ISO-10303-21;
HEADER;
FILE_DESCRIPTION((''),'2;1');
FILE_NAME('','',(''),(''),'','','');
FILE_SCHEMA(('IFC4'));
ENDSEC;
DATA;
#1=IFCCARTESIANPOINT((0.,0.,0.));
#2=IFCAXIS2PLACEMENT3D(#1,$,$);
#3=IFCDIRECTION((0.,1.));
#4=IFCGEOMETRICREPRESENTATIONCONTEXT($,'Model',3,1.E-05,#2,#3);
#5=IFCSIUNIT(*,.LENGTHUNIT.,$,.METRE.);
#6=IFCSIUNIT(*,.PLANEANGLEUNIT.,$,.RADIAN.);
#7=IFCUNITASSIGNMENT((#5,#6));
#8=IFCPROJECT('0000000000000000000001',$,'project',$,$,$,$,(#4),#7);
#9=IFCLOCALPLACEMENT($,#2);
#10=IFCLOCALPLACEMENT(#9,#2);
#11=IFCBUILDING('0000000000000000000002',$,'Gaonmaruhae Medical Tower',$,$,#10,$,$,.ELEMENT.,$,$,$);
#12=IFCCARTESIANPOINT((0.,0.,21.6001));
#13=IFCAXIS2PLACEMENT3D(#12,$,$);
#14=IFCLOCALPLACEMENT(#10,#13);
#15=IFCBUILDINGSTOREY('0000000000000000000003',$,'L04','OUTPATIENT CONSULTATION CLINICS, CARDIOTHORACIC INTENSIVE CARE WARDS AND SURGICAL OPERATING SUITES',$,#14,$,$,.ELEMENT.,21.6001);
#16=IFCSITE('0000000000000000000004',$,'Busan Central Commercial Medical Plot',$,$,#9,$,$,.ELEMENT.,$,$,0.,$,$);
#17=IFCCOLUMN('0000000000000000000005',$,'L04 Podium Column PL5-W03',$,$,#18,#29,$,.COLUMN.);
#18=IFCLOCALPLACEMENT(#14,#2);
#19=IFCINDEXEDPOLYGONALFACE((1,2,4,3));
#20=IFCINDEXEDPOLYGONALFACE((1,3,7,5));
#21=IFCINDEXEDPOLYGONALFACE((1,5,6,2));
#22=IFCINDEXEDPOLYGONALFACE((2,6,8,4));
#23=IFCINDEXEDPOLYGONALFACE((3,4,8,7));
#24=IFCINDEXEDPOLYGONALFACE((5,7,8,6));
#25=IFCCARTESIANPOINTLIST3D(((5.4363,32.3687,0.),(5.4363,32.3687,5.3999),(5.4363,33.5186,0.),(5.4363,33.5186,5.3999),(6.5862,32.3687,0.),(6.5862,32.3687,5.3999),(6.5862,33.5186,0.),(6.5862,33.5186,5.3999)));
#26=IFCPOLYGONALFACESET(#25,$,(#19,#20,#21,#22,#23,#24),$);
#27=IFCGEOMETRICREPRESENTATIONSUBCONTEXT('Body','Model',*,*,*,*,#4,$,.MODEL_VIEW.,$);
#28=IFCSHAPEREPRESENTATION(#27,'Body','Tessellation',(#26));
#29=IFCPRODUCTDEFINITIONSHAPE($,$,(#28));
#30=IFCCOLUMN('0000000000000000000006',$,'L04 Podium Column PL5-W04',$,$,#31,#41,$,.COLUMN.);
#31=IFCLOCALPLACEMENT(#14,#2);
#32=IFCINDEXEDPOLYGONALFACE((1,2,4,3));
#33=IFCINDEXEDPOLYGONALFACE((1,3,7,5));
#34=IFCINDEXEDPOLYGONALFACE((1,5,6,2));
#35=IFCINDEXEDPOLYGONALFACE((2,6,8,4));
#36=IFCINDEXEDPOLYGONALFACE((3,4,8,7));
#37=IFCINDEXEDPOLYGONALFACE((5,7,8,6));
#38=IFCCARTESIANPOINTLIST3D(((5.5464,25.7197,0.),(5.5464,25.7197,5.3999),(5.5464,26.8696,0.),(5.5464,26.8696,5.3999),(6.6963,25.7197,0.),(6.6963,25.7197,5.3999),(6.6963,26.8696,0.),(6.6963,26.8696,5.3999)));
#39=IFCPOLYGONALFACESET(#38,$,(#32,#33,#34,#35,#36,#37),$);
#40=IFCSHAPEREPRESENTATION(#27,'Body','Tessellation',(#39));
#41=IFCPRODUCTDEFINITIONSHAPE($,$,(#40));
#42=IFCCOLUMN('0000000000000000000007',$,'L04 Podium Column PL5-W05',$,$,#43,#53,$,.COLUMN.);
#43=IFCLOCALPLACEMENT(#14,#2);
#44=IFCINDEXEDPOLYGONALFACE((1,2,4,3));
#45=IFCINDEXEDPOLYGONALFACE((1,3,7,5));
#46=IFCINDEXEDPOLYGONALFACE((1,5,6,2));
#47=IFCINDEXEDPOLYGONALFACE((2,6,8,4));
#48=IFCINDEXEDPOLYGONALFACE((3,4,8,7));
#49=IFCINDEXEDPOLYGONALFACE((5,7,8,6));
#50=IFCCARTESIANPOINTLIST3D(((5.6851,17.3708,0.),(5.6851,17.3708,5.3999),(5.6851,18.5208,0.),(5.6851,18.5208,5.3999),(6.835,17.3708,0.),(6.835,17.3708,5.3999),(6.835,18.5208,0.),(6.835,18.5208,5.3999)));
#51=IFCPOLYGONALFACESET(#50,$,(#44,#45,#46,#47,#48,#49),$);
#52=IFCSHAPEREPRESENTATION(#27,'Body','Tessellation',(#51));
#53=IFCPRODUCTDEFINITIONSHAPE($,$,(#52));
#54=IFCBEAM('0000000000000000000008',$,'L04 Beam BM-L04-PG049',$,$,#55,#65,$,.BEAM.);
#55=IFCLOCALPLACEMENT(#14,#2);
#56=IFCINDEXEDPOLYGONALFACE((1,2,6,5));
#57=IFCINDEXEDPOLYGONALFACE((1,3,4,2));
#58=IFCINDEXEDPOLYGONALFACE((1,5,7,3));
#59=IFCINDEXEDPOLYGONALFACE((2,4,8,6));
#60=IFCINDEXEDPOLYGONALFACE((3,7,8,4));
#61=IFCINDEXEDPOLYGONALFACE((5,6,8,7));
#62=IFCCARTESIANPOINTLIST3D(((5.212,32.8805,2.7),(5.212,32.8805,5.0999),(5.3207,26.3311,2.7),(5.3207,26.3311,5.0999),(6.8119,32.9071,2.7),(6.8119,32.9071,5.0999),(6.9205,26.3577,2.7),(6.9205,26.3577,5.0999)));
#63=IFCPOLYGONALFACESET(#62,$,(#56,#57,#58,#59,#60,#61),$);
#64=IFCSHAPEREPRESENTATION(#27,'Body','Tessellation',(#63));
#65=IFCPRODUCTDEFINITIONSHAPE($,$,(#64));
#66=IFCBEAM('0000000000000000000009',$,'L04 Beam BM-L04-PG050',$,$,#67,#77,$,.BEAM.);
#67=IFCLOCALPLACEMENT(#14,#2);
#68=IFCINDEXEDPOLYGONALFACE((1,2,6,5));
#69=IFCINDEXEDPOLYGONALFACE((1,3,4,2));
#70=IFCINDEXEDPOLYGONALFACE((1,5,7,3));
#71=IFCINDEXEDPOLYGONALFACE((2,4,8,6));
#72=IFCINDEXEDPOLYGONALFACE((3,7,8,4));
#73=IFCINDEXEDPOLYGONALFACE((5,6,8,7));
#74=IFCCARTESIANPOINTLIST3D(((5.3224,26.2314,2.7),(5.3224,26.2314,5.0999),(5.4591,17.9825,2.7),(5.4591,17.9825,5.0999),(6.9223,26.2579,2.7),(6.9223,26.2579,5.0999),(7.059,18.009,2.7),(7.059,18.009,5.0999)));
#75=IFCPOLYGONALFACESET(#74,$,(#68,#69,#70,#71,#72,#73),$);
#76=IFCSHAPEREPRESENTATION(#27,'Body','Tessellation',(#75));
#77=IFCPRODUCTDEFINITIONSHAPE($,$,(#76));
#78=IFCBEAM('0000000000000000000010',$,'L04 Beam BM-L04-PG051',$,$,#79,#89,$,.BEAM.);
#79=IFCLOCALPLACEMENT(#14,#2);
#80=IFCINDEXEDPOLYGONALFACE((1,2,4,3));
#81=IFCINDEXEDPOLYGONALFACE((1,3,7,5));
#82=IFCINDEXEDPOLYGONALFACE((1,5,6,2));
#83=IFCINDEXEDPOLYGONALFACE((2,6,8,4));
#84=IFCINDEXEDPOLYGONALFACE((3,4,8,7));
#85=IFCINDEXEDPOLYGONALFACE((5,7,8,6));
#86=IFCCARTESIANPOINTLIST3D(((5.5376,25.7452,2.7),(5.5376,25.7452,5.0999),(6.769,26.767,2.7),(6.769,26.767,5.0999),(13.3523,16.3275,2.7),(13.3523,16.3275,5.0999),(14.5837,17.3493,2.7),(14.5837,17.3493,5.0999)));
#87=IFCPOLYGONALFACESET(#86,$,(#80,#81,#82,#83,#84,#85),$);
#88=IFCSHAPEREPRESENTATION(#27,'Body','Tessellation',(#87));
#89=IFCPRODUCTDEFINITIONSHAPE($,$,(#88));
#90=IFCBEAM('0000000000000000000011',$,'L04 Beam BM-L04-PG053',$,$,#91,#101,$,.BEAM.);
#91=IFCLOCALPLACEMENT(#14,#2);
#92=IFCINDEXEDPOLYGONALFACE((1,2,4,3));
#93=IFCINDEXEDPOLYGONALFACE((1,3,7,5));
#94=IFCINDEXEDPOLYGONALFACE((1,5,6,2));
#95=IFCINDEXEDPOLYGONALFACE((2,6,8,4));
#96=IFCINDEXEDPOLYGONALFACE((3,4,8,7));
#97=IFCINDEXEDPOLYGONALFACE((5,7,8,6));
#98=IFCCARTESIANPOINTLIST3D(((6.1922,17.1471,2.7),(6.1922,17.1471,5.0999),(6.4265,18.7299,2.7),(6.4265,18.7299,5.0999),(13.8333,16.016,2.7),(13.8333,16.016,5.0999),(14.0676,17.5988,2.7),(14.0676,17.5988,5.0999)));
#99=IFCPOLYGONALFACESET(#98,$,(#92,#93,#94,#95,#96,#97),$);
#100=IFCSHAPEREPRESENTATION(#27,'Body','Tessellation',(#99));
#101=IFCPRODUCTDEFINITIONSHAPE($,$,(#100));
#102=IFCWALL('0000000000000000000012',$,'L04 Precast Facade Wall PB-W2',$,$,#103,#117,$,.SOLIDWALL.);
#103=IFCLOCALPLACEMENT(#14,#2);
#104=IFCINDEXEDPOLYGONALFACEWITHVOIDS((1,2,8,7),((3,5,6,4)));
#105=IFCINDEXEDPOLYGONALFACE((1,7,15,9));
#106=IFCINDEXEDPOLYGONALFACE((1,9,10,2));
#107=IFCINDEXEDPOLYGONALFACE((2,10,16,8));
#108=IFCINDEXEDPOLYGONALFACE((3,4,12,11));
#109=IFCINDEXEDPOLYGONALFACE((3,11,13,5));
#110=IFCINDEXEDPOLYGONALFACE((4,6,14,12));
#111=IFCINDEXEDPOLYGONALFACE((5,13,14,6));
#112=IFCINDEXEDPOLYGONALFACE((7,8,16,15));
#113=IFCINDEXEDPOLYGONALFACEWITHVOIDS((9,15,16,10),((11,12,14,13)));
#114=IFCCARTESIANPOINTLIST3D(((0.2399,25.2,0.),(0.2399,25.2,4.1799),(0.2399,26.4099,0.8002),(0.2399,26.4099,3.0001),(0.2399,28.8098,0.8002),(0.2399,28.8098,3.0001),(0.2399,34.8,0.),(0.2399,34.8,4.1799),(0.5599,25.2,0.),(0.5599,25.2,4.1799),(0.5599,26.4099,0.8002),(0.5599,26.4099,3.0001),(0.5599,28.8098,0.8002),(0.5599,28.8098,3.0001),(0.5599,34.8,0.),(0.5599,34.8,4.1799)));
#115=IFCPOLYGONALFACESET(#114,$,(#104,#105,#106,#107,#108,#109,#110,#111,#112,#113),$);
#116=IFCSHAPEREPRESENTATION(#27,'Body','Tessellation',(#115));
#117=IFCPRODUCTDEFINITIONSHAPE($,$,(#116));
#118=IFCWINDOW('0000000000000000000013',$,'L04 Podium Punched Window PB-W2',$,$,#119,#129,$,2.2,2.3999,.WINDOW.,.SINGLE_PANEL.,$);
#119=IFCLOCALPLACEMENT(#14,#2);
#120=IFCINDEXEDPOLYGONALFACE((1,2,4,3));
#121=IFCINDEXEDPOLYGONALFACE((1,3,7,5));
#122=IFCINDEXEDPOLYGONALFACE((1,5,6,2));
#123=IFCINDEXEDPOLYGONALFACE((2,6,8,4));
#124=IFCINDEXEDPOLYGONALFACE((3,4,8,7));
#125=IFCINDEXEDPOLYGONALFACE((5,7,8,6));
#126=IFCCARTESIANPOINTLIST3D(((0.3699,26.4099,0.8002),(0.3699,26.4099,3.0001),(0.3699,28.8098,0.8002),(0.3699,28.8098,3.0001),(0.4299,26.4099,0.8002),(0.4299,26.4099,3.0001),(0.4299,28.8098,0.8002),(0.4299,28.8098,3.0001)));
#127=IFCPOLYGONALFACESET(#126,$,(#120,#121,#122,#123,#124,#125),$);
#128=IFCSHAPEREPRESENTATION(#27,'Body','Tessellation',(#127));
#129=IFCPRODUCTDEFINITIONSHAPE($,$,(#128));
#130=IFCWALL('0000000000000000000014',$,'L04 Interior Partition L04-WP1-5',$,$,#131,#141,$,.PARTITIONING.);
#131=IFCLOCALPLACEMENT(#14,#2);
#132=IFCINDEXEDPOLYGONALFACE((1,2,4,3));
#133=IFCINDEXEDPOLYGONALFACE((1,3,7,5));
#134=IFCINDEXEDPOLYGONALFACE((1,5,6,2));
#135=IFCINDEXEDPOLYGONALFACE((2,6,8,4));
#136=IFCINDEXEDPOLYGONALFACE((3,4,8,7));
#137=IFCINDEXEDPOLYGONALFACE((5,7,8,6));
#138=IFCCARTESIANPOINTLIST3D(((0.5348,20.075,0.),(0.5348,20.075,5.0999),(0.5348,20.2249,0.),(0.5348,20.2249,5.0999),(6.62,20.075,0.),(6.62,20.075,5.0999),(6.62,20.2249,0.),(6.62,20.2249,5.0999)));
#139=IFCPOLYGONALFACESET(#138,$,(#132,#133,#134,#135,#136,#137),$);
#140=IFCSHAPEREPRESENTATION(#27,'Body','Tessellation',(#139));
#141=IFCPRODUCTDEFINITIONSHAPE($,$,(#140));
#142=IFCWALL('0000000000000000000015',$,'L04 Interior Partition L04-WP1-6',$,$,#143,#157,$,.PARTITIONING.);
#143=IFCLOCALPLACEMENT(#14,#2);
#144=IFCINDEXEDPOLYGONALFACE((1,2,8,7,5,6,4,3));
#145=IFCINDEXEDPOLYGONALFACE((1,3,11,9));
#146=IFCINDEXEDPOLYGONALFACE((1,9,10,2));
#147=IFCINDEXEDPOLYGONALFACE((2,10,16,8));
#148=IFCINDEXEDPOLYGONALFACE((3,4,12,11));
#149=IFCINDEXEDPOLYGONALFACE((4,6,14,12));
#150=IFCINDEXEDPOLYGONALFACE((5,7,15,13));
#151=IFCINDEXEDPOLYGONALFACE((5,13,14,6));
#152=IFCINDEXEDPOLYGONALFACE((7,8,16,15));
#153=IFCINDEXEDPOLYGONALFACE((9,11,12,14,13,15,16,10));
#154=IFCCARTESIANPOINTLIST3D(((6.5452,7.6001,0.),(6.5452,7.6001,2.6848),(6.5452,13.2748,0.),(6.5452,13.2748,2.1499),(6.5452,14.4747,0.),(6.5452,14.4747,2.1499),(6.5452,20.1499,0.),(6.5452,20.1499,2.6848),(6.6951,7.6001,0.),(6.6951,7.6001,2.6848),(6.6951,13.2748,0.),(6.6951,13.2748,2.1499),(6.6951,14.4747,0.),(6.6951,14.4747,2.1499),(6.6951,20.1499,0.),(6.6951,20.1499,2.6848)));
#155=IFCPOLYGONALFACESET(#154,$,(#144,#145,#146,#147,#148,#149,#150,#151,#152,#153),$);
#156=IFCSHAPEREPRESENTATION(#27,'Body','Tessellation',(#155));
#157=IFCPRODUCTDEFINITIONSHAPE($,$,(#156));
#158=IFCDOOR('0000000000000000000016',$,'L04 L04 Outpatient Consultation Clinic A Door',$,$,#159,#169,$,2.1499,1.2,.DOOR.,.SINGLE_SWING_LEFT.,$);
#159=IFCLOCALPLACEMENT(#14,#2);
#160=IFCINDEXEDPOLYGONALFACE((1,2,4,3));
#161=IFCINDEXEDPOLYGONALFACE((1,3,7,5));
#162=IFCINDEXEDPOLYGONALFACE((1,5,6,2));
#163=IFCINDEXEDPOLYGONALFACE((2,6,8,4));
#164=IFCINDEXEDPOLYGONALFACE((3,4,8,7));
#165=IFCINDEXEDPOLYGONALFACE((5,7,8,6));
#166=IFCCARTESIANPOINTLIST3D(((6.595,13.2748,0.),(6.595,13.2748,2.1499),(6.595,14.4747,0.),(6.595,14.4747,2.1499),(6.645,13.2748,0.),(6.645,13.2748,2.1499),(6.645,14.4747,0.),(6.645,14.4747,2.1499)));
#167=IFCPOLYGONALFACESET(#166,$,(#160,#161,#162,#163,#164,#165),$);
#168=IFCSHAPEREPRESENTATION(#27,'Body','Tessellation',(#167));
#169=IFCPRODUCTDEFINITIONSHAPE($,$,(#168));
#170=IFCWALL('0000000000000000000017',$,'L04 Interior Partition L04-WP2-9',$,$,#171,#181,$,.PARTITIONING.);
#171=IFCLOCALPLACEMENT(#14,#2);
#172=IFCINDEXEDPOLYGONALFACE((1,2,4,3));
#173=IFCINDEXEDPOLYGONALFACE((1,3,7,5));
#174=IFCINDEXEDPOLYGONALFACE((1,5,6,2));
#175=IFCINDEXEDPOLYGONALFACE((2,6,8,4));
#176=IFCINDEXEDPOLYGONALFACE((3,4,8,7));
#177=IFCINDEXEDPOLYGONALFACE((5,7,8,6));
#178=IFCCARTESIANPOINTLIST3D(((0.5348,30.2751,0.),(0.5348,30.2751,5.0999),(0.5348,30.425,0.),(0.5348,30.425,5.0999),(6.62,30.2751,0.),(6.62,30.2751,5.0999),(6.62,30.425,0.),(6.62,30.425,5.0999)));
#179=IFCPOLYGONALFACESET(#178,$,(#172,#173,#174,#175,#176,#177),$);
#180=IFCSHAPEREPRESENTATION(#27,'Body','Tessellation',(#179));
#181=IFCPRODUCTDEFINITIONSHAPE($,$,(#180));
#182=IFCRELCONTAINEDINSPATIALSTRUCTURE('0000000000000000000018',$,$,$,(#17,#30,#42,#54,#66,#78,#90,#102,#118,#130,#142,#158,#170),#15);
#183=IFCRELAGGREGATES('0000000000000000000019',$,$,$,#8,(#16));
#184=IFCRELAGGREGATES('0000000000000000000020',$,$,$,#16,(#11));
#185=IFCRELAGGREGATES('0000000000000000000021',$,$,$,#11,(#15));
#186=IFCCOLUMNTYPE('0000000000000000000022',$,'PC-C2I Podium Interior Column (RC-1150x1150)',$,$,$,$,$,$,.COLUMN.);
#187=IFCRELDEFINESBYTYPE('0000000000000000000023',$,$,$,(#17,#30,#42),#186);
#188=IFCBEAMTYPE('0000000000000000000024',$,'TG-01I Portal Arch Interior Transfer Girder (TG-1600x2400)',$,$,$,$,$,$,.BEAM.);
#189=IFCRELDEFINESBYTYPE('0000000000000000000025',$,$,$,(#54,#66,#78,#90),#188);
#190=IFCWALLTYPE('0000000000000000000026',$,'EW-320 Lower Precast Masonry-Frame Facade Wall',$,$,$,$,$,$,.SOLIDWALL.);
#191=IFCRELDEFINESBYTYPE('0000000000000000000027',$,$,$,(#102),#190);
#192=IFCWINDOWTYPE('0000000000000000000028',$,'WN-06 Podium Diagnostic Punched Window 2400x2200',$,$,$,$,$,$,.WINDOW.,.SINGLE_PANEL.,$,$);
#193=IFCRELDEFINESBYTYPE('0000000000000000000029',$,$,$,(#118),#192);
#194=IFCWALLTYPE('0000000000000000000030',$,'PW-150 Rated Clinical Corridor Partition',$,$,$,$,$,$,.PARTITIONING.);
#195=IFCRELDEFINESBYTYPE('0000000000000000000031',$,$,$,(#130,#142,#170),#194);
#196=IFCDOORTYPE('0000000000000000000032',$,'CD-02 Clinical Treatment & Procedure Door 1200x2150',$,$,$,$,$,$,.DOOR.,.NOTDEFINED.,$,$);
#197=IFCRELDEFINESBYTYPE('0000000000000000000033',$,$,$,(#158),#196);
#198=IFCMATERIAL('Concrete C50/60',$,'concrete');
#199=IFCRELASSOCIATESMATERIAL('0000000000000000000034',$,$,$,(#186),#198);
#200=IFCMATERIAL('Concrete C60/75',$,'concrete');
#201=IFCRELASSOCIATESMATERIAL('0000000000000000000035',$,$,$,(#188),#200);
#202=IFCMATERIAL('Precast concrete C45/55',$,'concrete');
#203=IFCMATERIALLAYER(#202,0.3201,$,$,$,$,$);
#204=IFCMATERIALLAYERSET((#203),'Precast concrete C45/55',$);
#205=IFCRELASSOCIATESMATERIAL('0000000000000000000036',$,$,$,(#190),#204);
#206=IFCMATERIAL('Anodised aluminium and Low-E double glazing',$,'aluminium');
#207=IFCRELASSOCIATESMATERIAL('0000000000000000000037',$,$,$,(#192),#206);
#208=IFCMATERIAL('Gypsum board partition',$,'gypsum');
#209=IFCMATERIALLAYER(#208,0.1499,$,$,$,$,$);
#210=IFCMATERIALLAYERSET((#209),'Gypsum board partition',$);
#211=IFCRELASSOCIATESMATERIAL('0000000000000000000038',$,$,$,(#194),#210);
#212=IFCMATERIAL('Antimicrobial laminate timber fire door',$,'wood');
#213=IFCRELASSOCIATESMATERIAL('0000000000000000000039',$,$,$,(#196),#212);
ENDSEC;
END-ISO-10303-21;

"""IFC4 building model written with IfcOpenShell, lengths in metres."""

from ifc_helpers import new_model, si_unit, direction, frame, frame_2d, origin, origin_2d, place, context, subcontext, project, spatial, rectangle, extrude, material, layer, layer_set, material_profile, profile_set, type_object, element, fill, save


model = new_model("IFC4")

# Units and contexts
model_context = context("Model", 3, precision=1e-05, world=origin(), true_north=direction((0.0, 1.0)))
body_context = subcontext(model_context, "Body", "Model", "MODEL_VIEW")
ifc_project = project(units=[si_unit("LENGTHUNIT", "METRE"), si_unit("PLANEANGLEUNIT", "RADIAN")], contexts=[model_context])

# Site, building, storey
site_placement = place(None, origin())
site = spatial("IfcSite", under=ifc_project, at=site_placement, Name="Busan Central Commercial Medical Plot", CompositionType="ELEMENT", RefElevation=0.0)
building_placement = place(site_placement, origin())
building = spatial("IfcBuilding", under=site, at=building_placement, Name="Gaonmaruhae Medical Tower", CompositionType="ELEMENT")
storey_placement = place(building_placement, frame((0.0, 0.0, 21.6001)))
storey = spatial("IfcBuildingStorey", under=building, at=storey_placement, Name="L04", Description="OUTPATIENT CONSULTATION CLINICS, CARDIOTHORACIC INTENSIVE CARE WARDS AND SURGICAL OPERATING SUITES", CompositionType="ELEMENT", Elevation=21.6001)

# Columns
ifc_material_1 = material(Name="Concrete C50/60", Category="concrete")
ifc_material_profile_1 = material_profile(ifc_material_1, rectangle(XDim=1.1499, YDim=1.1499, at=origin_2d()), Name="RC-1150x1150")
ifc_profile_set_1 = profile_set([ifc_material_profile_1], Name="Concrete C50/60")
column_type = type_object("IfcColumnType", Name="PC-C2I Podium Interior Column (RC-1150x1150)", PredefinedType="COLUMN", material=ifc_profile_set_1)
for number, where, z_axis, x_axis, name in (
    (1, (6.0112, 32.9436, 0.0), (0.0, 0.0, 1.0), (1.0, 0.0, 0.0), "L04 Podium Column PL5-W03"),
    (2, (6.1213, 26.2947, 0.0), (0.0, 0.0, 1.0), (1.0, 0.0, 0.0), "L04 Podium Column PL5-W04"),
    (3, (6.26, 17.9458, 0.0), (0.0, 0.0, 1.0), (1.0, 0.0, 0.0), "L04 Podium Column PL5-W05"),
):
    element("IfcColumn", number, at=place(storey_placement, frame(where, z_axis=z_axis, x_axis=x_axis)), inside=storey, type_object=column_type, Name=name, PredefinedType="COLUMN", context=body_context, shape_type="SweptSolid", body=[
        extrude(rectangle(XDim=1.1499, YDim=1.1499, at=origin_2d()), origin(), (0.0, 0.0, 1.0), 5.3999),
    ])

# Beams
ifc_material_2 = material(Name="Concrete C60/75", Category="concrete")
ifc_material_profile_2 = material_profile(ifc_material_2, rectangle(XDim=1.6001, YDim=2.3999, at=origin_2d()), Name="TG-1600x2400")
ifc_profile_set_2 = profile_set([ifc_material_profile_2], Name="Concrete C60/75")
beam_type = type_object("IfcBeamType", Name="TG-01I Portal Arch Interior Transfer Girder (TG-1600x2400)", PredefinedType="BEAM", material=ifc_profile_set_2)
beam_1_placement = place(storey_placement, frame((6.012, 32.8938, 3.8999), z_axis=(0.016586, -0.999862, 0.0), x_axis=(0.999862, 0.016586, 0.0)))
element("IfcBeam", 4, at=beam_1_placement, inside=storey, type_object=beam_type, Name="L04 Beam BM-L04-PG049", PredefinedType="BEAM", context=body_context, shape_type="SweptSolid", body=[
    extrude(rectangle(XDim=1.6001, YDim=2.3999, at=origin_2d()), origin(), (0.0, 0.0, 1.0), 6.5503),
])
beam_2_placement = place(storey_placement, frame((6.1223, 26.2446, 3.8999), z_axis=(0.016572, -0.999863, 0.0), x_axis=(0.999863, 0.016572, 0.0)))
element("IfcBeam", 5, at=beam_2_placement, inside=storey, type_object=beam_type, Name="L04 Beam BM-L04-PG050", PredefinedType="BEAM", context=body_context, shape_type="SweptSolid", body=[
    extrude(rectangle(XDim=1.6001, YDim=2.3999, at=origin_2d()), origin(), (0.0, 0.0, 1.0), 8.25),
])
beam_3_placement = place(storey_placement, frame((6.1533, 26.2561, 3.8999), z_axis=(0.638572, -0.769562, 0.0), x_axis=(0.769562, 0.638572, 0.0)))
element("IfcBeam", 6, at=beam_3_placement, inside=storey, type_object=beam_type, Name="L04 Beam BM-L04-PG051", PredefinedType="BEAM", context=body_context, shape_type="SweptSolid", body=[
    extrude(rectangle(XDim=1.6001, YDim=2.3999, at=origin_2d()), origin(), (0.0, 0.0, 1.0), 12.2378),
])
beam_4_placement = place(storey_placement, frame((6.3093, 17.9385, 3.8999), z_axis=(0.989221, -0.146433, 0.0), x_axis=(0.146433, 0.989221, 0.0)))
element("IfcBeam", 7, at=beam_4_placement, inside=storey, type_object=beam_type, Name="L04 Beam BM-L04-PG053", PredefinedType="BEAM", context=body_context, shape_type="SweptSolid", body=[
    extrude(rectangle(XDim=1.6001, YDim=2.3999, at=origin_2d()), origin(), (0.0, 0.0, 1.0), 7.7244),
])

# Wall, opening, window
ifc_material_3 = material(Name="Precast concrete C45/55", Category="concrete")
ifc_layer_1 = layer(ifc_material_3, 0.3201)
ifc_layer_set_1 = layer_set([ifc_layer_1], Name="Precast concrete C45/55")
wall_type_1 = type_object("IfcWallType", Name="EW-320 Lower Precast Masonry-Frame Facade Wall", PredefinedType="SOLIDWALL", material=ifc_layer_set_1)
wall_1_placement = place(storey_placement, frame((0.3999, 25.2, 0.0), z_axis=(0.0, 0.0, 1.0), x_axis=(0.0, 1.0, 0.0)))
wall_1 = element("IfcWall", 8, at=wall_1_placement, inside=storey, type_object=wall_type_1, Name="L04 Precast Facade Wall PB-W2", PredefinedType="SOLIDWALL", context=body_context, shape_type="SweptSolid", body=[
    extrude(rectangle(XDim=9.6001, YDim=0.3201, at=frame_2d((4.8, 0.0))), origin(), (0.0, 0.0, 1.0), 4.1799),
])
opening_1_placement = place(wall_1_placement, frame((1.21, 0.0, 0.8)))
opening_1 = element("IfcOpeningElement", 9, at=opening_1_placement, cuts=wall_1, PredefinedType="OPENING", context=body_context, shape_type="SweptSolid", body=[
    extrude(rectangle(XDim=2.3999, YDim=2.2, at=frame_2d((1.2, 1.1001))), frame((0.0, 0.1699, 0.0), z_axis=(0.0, -1.0, 0.0), x_axis=(1.0, 0.0, 0.0)), (0.0, 0.0, 1.0), 0.3401),
])
ifc_material_4 = material(Name="Anodised aluminium and Low-E double glazing", Category="aluminium")
window_type = type_object("IfcWindowType", Name="WN-06 Podium Diagnostic Punched Window 2400x2200", PartitioningType="SINGLE_PANEL", PredefinedType="WINDOW", material=ifc_material_4)
window_placement = place(opening_1_placement, origin())
window = element("IfcWindow", 10, at=window_placement, inside=storey, type_object=window_type, Name="L04 Podium Punched Window PB-W2", OverallHeight=2.2, OverallWidth=2.3999, PartitioningType="SINGLE_PANEL", PredefinedType="WINDOW", context=body_context, shape_type="SweptSolid", body=[
    extrude(rectangle(XDim=2.3999, YDim=2.2, at=frame_2d((1.2, 1.1001))), frame((0.0, 0.03, 0.0), z_axis=(0.0, -1.0, 0.0), x_axis=(1.0, 0.0, 0.0)), (0.0, 0.0, 1.0), 0.0601),
])
fill(opening_1, window)

# Wall
ifc_material_5 = material(Name="Gypsum board partition", Category="gypsum")
ifc_layer_2 = layer(ifc_material_5, 0.1499)
ifc_layer_set_2 = layer_set([ifc_layer_2], Name="Gypsum board partition")
wall_type_2 = type_object("IfcWallType", Name="PW-150 Rated Clinical Corridor Partition", PredefinedType="PARTITIONING", material=ifc_layer_set_2)
wall_2_placement = place(storey_placement, frame((0.5349, 20.1499, 0.0), z_axis=(0.0, 0.0, 1.0), x_axis=(1.0, 0.0, 0.0)))
element("IfcWall", 11, at=wall_2_placement, inside=storey, type_object=wall_type_2, Name="L04 Interior Partition L04-WP1-5", PredefinedType="PARTITIONING", context=body_context, shape_type="SweptSolid", body=[
    extrude(rectangle(XDim=6.0852, YDim=0.1499, at=frame_2d((3.0425, 0.0))), origin(), (0.0, 0.0, 1.0), 5.0999),
])

# Wall, opening, door
wall_3_placement = place(storey_placement, frame((6.6201, 20.1499, 0.0), z_axis=(0.0, 0.0, 1.0), x_axis=(0.0, -1.0, 0.0)))
wall_3 = element("IfcWall", 12, at=wall_3_placement, inside=storey, type_object=wall_type_2, Name="L04 Interior Partition L04-WP1-6", PredefinedType="PARTITIONING", context=body_context, shape_type="SweptSolid", body=[
    extrude(rectangle(XDim=12.5498, YDim=0.1499, at=frame_2d((6.2749, 0.0))), origin(), (0.0, 0.0, 1.0), 2.6848),
])
opening_2_placement = place(wall_3_placement, frame((5.675, 0.0, 0.0)))
opening_2 = element("IfcOpeningElement", 13, at=opening_2_placement, cuts=wall_3, PredefinedType="OPENING", context=body_context, shape_type="SweptSolid", body=[
    extrude(rectangle(XDim=1.2, YDim=2.1499, at=frame_2d((0.6001, 1.075))), frame((0.0, 0.085, 0.0), z_axis=(0.0, -1.0, 0.0), x_axis=(1.0, 0.0, 0.0)), (0.0, 0.0, 1.0), 0.1699),
])
ifc_material_6 = material(Name="Antimicrobial laminate timber fire door", Category="wood")
door_type_1 = type_object("IfcDoorType", Name="CD-02 Clinical Treatment & Procedure Door 1200x2150", OperationType="NOTDEFINED", PredefinedType="DOOR", material=ifc_material_6)
door_1_placement = place(opening_2_placement, origin())
door_1 = element("IfcDoor", 14, at=door_1_placement, inside=storey, type_object=door_type_1, Name="L04 L04 Outpatient Consultation Clinic A Door", OperationType="SINGLE_SWING_LEFT", OverallHeight=2.1499, OverallWidth=1.2, PredefinedType="DOOR", context=body_context, shape_type="SweptSolid", body=[
    extrude(rectangle(XDim=1.2, YDim=2.1499, at=frame_2d((0.6001, 1.075))), frame((0.0, 0.0249, 0.0), z_axis=(0.0, -1.0, 0.0), x_axis=(1.0, 0.0, 0.0)), (0.0, 0.0, 1.0), 0.05),
])
fill(opening_2, door_1)

# Wall
wall_4_placement = place(storey_placement, frame((0.5349, 30.3501, 0.0), z_axis=(0.0, 0.0, 1.0), x_axis=(1.0, 0.0, 0.0)))
element("IfcWall", 15, at=wall_4_placement, inside=storey, type_object=wall_type_2, Name="L04 Interior Partition L04-WP2-9", PredefinedType="PARTITIONING", context=body_context, shape_type="SweptSolid", body=[
    extrude(rectangle(XDim=6.0852, YDim=0.1499, at=frame_2d((3.0425, 0.0))), origin(), (0.0, 0.0, 1.0), 5.0999),
])

save(model, "model.ifc")
